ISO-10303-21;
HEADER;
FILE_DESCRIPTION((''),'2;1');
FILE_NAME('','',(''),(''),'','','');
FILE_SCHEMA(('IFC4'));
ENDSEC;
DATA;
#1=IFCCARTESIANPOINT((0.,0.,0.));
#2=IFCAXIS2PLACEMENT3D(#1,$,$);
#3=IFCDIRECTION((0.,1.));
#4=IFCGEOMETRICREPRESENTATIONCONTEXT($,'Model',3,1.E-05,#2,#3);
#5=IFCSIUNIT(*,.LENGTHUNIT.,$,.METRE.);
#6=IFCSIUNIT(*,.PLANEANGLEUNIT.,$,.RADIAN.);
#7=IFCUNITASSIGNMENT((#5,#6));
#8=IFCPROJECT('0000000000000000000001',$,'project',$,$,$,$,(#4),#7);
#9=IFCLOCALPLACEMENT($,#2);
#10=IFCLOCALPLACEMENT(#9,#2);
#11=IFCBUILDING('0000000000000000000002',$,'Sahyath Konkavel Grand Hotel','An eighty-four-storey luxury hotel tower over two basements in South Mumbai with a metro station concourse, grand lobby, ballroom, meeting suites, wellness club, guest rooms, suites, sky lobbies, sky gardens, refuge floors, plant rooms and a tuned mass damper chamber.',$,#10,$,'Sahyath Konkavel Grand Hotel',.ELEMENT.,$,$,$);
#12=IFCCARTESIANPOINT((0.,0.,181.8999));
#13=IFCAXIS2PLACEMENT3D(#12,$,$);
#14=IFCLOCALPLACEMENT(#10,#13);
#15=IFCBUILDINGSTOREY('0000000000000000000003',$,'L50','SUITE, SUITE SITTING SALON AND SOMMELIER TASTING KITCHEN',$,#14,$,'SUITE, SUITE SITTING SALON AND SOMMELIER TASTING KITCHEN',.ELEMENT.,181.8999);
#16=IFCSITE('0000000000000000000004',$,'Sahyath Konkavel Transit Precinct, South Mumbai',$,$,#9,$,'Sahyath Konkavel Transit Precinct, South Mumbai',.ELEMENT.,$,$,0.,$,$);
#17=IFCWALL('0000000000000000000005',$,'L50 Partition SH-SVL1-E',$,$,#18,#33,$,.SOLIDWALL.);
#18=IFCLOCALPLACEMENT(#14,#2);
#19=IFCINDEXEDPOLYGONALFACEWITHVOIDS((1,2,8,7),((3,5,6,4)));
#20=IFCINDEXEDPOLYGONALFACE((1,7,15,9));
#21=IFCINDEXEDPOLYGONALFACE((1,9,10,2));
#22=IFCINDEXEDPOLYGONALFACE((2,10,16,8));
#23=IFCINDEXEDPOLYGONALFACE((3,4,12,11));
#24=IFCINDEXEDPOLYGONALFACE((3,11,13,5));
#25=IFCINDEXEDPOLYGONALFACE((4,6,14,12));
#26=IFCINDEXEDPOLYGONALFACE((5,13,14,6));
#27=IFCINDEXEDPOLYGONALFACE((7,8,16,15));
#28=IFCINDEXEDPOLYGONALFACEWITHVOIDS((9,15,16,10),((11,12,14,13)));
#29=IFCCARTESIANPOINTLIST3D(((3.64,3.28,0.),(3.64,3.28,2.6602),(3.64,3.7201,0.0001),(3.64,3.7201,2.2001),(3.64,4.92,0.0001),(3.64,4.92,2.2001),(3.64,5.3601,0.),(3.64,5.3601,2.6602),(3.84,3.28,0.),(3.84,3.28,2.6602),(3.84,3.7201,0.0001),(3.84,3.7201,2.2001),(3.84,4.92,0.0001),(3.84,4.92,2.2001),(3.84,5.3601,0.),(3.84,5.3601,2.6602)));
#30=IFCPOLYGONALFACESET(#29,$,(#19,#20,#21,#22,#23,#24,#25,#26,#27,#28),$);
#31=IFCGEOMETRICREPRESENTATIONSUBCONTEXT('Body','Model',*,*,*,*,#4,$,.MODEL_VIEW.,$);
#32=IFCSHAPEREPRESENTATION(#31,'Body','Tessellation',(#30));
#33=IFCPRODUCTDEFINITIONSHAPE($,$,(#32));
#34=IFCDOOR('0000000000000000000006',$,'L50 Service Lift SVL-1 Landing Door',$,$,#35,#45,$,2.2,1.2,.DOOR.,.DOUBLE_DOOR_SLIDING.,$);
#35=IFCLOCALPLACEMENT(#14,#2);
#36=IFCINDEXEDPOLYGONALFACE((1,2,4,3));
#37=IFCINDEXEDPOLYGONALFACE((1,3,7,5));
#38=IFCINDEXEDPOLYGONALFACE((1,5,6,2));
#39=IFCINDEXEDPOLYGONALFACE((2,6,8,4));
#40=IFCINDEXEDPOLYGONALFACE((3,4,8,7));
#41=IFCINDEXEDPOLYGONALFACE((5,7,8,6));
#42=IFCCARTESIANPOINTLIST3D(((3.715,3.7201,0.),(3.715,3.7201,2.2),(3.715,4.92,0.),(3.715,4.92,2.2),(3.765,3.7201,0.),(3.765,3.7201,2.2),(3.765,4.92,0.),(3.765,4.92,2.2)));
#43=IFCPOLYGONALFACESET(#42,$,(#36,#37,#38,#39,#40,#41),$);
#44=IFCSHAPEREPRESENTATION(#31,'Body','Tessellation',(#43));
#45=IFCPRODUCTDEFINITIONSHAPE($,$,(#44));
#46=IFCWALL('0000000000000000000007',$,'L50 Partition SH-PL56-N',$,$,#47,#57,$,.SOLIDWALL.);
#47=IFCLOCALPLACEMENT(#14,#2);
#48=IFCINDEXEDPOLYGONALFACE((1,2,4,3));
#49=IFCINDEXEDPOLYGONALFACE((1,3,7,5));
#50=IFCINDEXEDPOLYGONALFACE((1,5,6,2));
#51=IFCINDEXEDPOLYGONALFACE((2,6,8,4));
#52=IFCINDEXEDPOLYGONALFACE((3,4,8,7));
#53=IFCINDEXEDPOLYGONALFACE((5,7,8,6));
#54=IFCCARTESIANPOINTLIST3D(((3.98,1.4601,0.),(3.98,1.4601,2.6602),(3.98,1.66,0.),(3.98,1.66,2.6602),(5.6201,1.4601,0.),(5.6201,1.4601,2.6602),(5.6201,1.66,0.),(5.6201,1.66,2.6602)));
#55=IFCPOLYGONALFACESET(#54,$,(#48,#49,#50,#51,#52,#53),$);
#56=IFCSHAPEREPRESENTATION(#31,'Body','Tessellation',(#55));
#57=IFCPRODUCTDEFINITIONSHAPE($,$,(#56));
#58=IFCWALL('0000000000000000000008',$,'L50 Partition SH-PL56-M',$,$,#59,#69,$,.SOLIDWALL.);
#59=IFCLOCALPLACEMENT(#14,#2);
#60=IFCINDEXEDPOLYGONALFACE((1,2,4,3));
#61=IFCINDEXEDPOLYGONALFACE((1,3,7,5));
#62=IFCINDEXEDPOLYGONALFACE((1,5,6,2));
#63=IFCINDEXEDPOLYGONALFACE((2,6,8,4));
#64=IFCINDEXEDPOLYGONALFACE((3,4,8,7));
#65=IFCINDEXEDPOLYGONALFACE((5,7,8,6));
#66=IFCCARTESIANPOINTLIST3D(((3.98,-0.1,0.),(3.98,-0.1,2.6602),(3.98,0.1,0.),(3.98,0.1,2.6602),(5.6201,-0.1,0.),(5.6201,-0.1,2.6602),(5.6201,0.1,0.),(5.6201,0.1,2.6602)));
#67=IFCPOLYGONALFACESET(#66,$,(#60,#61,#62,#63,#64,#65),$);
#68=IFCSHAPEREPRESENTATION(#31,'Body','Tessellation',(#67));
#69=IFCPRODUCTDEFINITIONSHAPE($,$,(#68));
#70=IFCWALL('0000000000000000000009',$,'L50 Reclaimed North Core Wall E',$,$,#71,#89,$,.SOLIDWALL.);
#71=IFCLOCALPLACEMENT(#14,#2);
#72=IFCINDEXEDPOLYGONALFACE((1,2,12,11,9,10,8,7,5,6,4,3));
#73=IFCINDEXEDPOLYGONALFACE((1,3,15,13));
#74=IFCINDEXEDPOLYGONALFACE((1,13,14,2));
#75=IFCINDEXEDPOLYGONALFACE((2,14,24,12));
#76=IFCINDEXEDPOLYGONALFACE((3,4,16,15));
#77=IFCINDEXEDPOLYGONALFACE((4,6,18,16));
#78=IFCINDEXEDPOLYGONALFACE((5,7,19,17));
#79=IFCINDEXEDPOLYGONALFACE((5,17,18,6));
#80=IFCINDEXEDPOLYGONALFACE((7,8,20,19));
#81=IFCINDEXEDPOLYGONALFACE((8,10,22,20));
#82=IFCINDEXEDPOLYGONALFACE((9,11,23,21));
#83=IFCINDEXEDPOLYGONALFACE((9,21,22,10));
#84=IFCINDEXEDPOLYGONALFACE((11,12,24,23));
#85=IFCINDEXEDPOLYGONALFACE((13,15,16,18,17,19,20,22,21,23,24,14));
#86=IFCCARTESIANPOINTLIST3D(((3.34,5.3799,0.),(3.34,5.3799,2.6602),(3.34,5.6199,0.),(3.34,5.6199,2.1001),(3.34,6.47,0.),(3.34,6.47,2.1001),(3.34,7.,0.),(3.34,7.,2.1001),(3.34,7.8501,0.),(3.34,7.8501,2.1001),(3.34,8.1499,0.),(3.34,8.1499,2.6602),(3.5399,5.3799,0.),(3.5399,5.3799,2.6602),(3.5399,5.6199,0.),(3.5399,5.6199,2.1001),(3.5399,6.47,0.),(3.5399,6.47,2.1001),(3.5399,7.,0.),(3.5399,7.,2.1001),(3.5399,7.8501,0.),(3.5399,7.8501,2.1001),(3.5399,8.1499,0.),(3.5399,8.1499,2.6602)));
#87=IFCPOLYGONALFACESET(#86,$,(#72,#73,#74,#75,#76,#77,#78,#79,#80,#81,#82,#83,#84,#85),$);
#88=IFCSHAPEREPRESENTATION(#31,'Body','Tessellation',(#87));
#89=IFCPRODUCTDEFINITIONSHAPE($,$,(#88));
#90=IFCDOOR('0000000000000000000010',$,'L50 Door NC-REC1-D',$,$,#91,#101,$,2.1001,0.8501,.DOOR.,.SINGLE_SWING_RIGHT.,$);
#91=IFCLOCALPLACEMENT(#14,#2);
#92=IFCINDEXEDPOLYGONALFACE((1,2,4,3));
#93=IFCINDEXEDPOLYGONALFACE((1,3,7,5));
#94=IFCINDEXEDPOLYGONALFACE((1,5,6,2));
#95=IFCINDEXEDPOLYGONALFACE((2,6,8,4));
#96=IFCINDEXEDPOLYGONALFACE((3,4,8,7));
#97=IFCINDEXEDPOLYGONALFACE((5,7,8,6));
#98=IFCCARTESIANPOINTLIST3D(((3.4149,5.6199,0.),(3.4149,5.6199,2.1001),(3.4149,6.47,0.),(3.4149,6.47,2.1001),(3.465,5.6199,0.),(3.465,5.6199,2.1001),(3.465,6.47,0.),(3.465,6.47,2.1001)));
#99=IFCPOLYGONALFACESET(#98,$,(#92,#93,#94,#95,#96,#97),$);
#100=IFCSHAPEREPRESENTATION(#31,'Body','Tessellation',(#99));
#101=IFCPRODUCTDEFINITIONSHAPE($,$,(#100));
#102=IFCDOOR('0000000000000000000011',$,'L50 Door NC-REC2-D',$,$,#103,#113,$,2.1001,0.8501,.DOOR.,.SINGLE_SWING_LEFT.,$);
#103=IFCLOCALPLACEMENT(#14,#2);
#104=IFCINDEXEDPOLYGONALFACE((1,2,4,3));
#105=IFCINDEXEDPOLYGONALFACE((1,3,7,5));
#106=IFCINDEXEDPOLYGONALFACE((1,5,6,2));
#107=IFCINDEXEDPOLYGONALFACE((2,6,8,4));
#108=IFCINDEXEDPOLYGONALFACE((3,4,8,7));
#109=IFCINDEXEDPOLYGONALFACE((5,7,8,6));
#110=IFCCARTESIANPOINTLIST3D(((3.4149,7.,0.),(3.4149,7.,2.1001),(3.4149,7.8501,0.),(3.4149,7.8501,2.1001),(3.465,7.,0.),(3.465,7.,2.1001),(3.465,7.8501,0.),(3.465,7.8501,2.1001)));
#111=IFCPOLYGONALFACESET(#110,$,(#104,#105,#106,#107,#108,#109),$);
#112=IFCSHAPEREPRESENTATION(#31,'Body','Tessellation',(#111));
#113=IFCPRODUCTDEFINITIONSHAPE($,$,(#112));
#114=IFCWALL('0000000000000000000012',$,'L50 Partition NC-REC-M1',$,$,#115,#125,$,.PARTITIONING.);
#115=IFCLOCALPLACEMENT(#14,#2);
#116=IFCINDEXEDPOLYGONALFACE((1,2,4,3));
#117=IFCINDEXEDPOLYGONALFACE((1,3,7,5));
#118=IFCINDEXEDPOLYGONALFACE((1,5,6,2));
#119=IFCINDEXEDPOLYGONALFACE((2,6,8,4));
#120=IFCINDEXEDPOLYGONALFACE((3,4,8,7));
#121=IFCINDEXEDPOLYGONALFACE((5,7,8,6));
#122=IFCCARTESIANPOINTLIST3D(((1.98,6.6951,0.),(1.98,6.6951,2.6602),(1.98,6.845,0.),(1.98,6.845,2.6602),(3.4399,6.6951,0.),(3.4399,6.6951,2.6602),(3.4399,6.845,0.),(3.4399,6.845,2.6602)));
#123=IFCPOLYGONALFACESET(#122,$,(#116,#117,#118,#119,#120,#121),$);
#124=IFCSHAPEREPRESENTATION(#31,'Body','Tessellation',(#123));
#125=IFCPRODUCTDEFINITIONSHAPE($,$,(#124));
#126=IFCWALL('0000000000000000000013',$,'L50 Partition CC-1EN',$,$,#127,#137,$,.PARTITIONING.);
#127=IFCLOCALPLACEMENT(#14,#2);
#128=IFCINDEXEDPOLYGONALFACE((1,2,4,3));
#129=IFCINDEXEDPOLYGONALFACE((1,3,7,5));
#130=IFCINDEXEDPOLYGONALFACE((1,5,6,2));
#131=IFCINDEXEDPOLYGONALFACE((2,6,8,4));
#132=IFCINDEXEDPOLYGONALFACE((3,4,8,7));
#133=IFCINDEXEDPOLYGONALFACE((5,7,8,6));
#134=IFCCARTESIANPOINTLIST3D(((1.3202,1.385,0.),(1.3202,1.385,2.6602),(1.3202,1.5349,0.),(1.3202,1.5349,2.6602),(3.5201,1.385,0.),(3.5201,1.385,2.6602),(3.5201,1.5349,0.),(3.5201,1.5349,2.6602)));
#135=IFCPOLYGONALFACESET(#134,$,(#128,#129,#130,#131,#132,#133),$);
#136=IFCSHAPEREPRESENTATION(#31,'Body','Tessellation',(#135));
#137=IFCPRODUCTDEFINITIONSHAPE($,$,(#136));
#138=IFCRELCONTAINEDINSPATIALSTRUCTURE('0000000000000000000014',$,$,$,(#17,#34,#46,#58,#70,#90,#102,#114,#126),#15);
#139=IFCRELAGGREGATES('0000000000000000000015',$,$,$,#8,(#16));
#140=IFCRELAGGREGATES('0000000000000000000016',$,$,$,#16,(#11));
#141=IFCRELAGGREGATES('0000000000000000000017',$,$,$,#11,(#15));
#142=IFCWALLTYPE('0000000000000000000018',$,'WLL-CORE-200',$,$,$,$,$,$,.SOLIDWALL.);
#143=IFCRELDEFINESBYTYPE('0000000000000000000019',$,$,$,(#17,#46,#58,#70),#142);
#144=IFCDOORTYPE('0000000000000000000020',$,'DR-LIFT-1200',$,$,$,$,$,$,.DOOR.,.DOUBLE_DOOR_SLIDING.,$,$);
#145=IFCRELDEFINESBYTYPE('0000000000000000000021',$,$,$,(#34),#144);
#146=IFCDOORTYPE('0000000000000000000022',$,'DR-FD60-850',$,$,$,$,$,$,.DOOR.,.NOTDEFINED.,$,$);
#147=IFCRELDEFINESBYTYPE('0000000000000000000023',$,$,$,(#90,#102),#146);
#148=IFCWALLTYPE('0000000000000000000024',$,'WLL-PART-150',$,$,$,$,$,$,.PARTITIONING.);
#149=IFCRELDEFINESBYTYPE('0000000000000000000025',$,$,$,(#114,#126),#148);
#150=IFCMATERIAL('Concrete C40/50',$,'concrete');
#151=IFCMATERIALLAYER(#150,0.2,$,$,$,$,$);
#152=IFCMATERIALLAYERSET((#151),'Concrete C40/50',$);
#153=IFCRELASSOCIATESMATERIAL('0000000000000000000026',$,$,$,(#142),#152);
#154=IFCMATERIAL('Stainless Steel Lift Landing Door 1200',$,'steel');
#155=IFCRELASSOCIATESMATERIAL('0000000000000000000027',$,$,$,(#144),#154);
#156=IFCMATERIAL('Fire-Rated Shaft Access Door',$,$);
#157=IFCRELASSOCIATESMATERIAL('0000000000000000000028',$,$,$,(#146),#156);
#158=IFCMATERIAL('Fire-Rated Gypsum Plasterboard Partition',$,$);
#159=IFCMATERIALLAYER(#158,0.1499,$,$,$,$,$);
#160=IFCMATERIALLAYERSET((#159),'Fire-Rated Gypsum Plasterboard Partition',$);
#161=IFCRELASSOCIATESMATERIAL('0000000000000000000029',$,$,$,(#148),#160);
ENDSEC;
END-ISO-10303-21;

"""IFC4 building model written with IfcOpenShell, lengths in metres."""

from ifc_helpers import new_model, si_unit, direction, frame, frame_2d, origin, origin_2d, place, context, subcontext, project, spatial, rectangle, extrude, source, transform, mapped, material, layer, layer_set, type_object, element, fill, save


model = new_model("IFC4")

# Units and contexts
model_context = context("Model", 3, precision=1e-05, world=origin(), true_north=direction((0.0, 1.0)))
body_context = subcontext(model_context, "Body", "Model", "MODEL_VIEW")
ifc_project = project(units=[si_unit("LENGTHUNIT", "METRE"), si_unit("PLANEANGLEUNIT", "RADIAN")], contexts=[model_context])

# Site, building, storey
site_placement = place(None, origin())
site = spatial("IfcSite", under=ifc_project, at=site_placement, Name="Sahyath Konkavel Transit Precinct, South Mumbai", LongName="Sahyath Konkavel Transit Precinct, South Mumbai", CompositionType="ELEMENT", RefElevation=0.0)
building_placement = place(site_placement, origin())
building = spatial("IfcBuilding", under=site, at=building_placement, Name="Sahyath Konkavel Grand Hotel", Description="An eighty-four-storey luxury hotel tower over two basements in South Mumbai with a metro station concourse, grand lobby, ballroom, meeting suites, wellness club, guest rooms, suites, sky lobbies, sky gardens, refuge floors, plant rooms and a tuned mass damper chamber.", LongName="Sahyath Konkavel Grand Hotel", CompositionType="ELEMENT")
storey_placement = place(building_placement, frame((0.0, 0.0, 181.8999)))
storey = spatial("IfcBuildingStorey", under=building, at=storey_placement, Name="L50", Description="SUITE, SUITE SITTING SALON AND SOMMELIER TASTING KITCHEN", LongName="SUITE, SUITE SITTING SALON AND SOMMELIER TASTING KITCHEN", CompositionType="ELEMENT", Elevation=181.8999)

# Shared definitions
ifc_material_1 = material(Name="Concrete C40/50", Category="concrete")

# Shared definitions
ifc_layer_1 = layer(ifc_material_1, 0.2)
ifc_layer_set_1 = layer_set([ifc_layer_1], Name="Concrete C40/50")
wall_type_1 = type_object("IfcWallType", Name="WLL-CORE-200", PredefinedType="SOLIDWALL", material=ifc_layer_set_1)
shared_shape_1 = source(origin(), body_context, "Body", "SweptSolid", [
    extrude(rectangle(XDim=0.8501, YDim=0.05, at=origin_2d()), origin(), (0.0, 0.0, 1.0), 2.1001),
])

# Wall, opening, door
wall_1_placement = place(storey_placement, frame((3.74, 3.28, 0.0), z_axis=(0.0, 0.0, 1.0), x_axis=(0.0, 1.0, 0.0)))
wall_1 = element("IfcWall", 1, at=wall_1_placement, inside=storey, type_object=wall_type_1, Name="L50 Partition SH-SVL1-E", PredefinedType="SOLIDWALL", context=body_context, shape_type="SweptSolid", body=[
    extrude(rectangle(XDim=2.0801, YDim=0.2, at=frame_2d((1.04, 0.0))), origin(), (0.0, 0.0, 1.0), 2.6602),
])
opening_1_placement = place(wall_1_placement, frame((0.4399, 0.0, 0.0)))
opening_1 = element("IfcOpeningElement", 2, at=opening_1_placement, cuts=wall_1, PredefinedType="OPENING", context=body_context, shape_type="SweptSolid", body=[
    extrude(rectangle(XDim=1.2, YDim=2.2, at=frame_2d((0.6001, 1.1001))), frame((0.0, 0.1099, 0.0), z_axis=(0.0, -1.0, 0.0), x_axis=(1.0, 0.0, 0.0)), (0.0, 0.0, 1.0), 0.22),
])
ifc_material_2 = material(Name="Stainless Steel Lift Landing Door 1200", Category="steel")
door_type_1 = type_object("IfcDoorType", Name="DR-LIFT-1200", OperationType="DOUBLE_DOOR_SLIDING", PredefinedType="DOOR", material=ifc_material_2)
shared_shape_2 = source(origin(), body_context, "Body", "SweptSolid", [
    extrude(rectangle(XDim=1.2, YDim=0.05, at=origin_2d()), origin(), (0.0, 0.0, 1.0), 2.2),
])
door_1_placement = place(opening_1_placement, frame((0.6001, 0.0, 0.0)))
door_1 = element("IfcDoor", 3, at=door_1_placement, inside=storey, type_object=door_type_1, Name="L50 Service Lift SVL-1 Landing Door", OperationType="DOUBLE_DOOR_SLIDING", OverallHeight=2.2, OverallWidth=1.2, PredefinedType="DOOR", context=body_context, shape_type="MappedRepresentation", body=[
    mapped(shared_shape_2, transform((0.0, 0.0, 0.0), scale=1.0)),
])
fill(opening_1, door_1)

# Walls
for number, where, z_axis, x_axis, name in (
    (4, (3.98, 1.5601, 0.0), (0.0, 0.0, 1.0), (1.0, 0.0, 0.0), "L50 Partition SH-PL56-N"),
    (5, (3.98, 0.0, 0.0), (0.0, 0.0, 1.0), (1.0, 0.0, 0.0), "L50 Partition SH-PL56-M"),
):
    element("IfcWall", number, at=place(storey_placement, frame(where, z_axis=z_axis, x_axis=x_axis)), inside=storey, type_object=wall_type_1, Name=name, PredefinedType="SOLIDWALL", context=body_context, shape_type="SweptSolid", body=[
        extrude(rectangle(XDim=1.6401, YDim=0.2, at=frame_2d((0.8201, 0.0))), origin(), (0.0, 0.0, 1.0), 2.6602),
    ])

# Wall, openings, doors
wall_2_placement = place(storey_placement, frame((3.4399, 5.3799, 0.0), z_axis=(0.0, 0.0, 1.0), x_axis=(0.0, 1.0, 0.0)))
wall_2 = element("IfcWall", 6, at=wall_2_placement, inside=storey, type_object=wall_type_1, Name="L50 Reclaimed North Core Wall E", PredefinedType="SOLIDWALL", context=body_context, shape_type="SweptSolid", body=[
    extrude(rectangle(XDim=2.77, YDim=0.2, at=frame_2d((1.385, 0.0))), origin(), (0.0, 0.0, 1.0), 2.6602),
])
opening_2_placement = place(wall_2_placement, frame((0.24, 0.0, 0.0)))
opening_2 = element("IfcOpeningElement", 7, at=opening_2_placement, cuts=wall_2, PredefinedType="OPENING", context=body_context, shape_type="SweptSolid", body=[
    extrude(rectangle(XDim=0.8501, YDim=2.1001, at=frame_2d((0.425, 1.05))), frame((0.0, 0.1099, 0.0), z_axis=(0.0, -1.0, 0.0), x_axis=(1.0, 0.0, 0.0)), (0.0, 0.0, 1.0), 0.22),
])
opening_3_placement = place(wall_2_placement, frame((1.6201, 0.0, 0.0)))
opening_3 = element("IfcOpeningElement", 8, at=opening_3_placement, cuts=wall_2, PredefinedType="OPENING", context=body_context, shape_type="SweptSolid", body=[
    extrude(rectangle(XDim=0.8501, YDim=2.1001, at=frame_2d((0.425, 1.05))), frame((0.0, 0.1099, 0.0), z_axis=(0.0, -1.0, 0.0), x_axis=(1.0, 0.0, 0.0)), (0.0, 0.0, 1.0), 0.22),
])
ifc_material_3 = material(Name="Fire-Rated Shaft Access Door")
door_type_2 = type_object("IfcDoorType", Name="DR-FD60-850", OperationType="NOTDEFINED", PredefinedType="DOOR", material=ifc_material_3)
door_2_placement = place(opening_2_placement, frame((0.425, 0.0, 0.0)))
door_2 = element("IfcDoor", 9, at=door_2_placement, inside=storey, type_object=door_type_2, Name="L50 Door NC-REC1-D", OperationType="SINGLE_SWING_RIGHT", OverallHeight=2.1001, OverallWidth=0.8501, PredefinedType="DOOR", context=body_context, shape_type="MappedRepresentation", body=[
    mapped(shared_shape_1, transform((0.0, 0.0, 0.0), scale=1.0)),
])
fill(opening_2, door_2)
door_3_placement = place(opening_3_placement, frame((0.425, 0.0, 0.0)))
door_3 = element("IfcDoor", 10, at=door_3_placement, inside=storey, type_object=door_type_2, Name="L50 Door NC-REC2-D", OperationType="SINGLE_SWING_LEFT", OverallHeight=2.1001, OverallWidth=0.8501, PredefinedType="DOOR", context=body_context, shape_type="MappedRepresentation", body=[
    mapped(shared_shape_1, transform((0.0, 0.0, 0.0), scale=1.0)),
])
fill(opening_3, door_3)

# Walls
ifc_material_4 = material(Name="Fire-Rated Gypsum Plasterboard Partition")
ifc_layer_2 = layer(ifc_material_4, 0.1499)
ifc_layer_set_2 = layer_set([ifc_layer_2], Name="Fire-Rated Gypsum Plasterboard Partition")
wall_type_2 = type_object("IfcWallType", Name="WLL-PART-150", PredefinedType="PARTITIONING", material=ifc_layer_set_2)
wall_3_placement = place(storey_placement, frame((1.98, 6.77, 0.0), z_axis=(0.0, 0.0, 1.0), x_axis=(1.0, 0.0, 0.0)))
element("IfcWall", 11, at=wall_3_placement, inside=storey, type_object=wall_type_2, Name="L50 Partition NC-REC-M1", PredefinedType="PARTITIONING", context=body_context, shape_type="SweptSolid", body=[
    extrude(rectangle(XDim=1.46, YDim=0.1499, at=frame_2d((0.73, 0.0))), origin(), (0.0, 0.0, 1.0), 2.6602),
])
wall_4_placement = place(storey_placement, frame((1.3201, 1.46, 0.0), z_axis=(0.0, 0.0, 1.0), x_axis=(1.0, 0.0, 0.0)))
element("IfcWall", 12, at=wall_4_placement, inside=storey, type_object=wall_type_2, Name="L50 Partition CC-1EN", PredefinedType="PARTITIONING", context=body_context, shape_type="SweptSolid", body=[
    extrude(rectangle(XDim=2.2, YDim=0.1499, at=frame_2d((1.1001, 0.0))), origin(), (0.0, 0.0, 1.0), 2.6602),
])

save(model, "model.ifc")
